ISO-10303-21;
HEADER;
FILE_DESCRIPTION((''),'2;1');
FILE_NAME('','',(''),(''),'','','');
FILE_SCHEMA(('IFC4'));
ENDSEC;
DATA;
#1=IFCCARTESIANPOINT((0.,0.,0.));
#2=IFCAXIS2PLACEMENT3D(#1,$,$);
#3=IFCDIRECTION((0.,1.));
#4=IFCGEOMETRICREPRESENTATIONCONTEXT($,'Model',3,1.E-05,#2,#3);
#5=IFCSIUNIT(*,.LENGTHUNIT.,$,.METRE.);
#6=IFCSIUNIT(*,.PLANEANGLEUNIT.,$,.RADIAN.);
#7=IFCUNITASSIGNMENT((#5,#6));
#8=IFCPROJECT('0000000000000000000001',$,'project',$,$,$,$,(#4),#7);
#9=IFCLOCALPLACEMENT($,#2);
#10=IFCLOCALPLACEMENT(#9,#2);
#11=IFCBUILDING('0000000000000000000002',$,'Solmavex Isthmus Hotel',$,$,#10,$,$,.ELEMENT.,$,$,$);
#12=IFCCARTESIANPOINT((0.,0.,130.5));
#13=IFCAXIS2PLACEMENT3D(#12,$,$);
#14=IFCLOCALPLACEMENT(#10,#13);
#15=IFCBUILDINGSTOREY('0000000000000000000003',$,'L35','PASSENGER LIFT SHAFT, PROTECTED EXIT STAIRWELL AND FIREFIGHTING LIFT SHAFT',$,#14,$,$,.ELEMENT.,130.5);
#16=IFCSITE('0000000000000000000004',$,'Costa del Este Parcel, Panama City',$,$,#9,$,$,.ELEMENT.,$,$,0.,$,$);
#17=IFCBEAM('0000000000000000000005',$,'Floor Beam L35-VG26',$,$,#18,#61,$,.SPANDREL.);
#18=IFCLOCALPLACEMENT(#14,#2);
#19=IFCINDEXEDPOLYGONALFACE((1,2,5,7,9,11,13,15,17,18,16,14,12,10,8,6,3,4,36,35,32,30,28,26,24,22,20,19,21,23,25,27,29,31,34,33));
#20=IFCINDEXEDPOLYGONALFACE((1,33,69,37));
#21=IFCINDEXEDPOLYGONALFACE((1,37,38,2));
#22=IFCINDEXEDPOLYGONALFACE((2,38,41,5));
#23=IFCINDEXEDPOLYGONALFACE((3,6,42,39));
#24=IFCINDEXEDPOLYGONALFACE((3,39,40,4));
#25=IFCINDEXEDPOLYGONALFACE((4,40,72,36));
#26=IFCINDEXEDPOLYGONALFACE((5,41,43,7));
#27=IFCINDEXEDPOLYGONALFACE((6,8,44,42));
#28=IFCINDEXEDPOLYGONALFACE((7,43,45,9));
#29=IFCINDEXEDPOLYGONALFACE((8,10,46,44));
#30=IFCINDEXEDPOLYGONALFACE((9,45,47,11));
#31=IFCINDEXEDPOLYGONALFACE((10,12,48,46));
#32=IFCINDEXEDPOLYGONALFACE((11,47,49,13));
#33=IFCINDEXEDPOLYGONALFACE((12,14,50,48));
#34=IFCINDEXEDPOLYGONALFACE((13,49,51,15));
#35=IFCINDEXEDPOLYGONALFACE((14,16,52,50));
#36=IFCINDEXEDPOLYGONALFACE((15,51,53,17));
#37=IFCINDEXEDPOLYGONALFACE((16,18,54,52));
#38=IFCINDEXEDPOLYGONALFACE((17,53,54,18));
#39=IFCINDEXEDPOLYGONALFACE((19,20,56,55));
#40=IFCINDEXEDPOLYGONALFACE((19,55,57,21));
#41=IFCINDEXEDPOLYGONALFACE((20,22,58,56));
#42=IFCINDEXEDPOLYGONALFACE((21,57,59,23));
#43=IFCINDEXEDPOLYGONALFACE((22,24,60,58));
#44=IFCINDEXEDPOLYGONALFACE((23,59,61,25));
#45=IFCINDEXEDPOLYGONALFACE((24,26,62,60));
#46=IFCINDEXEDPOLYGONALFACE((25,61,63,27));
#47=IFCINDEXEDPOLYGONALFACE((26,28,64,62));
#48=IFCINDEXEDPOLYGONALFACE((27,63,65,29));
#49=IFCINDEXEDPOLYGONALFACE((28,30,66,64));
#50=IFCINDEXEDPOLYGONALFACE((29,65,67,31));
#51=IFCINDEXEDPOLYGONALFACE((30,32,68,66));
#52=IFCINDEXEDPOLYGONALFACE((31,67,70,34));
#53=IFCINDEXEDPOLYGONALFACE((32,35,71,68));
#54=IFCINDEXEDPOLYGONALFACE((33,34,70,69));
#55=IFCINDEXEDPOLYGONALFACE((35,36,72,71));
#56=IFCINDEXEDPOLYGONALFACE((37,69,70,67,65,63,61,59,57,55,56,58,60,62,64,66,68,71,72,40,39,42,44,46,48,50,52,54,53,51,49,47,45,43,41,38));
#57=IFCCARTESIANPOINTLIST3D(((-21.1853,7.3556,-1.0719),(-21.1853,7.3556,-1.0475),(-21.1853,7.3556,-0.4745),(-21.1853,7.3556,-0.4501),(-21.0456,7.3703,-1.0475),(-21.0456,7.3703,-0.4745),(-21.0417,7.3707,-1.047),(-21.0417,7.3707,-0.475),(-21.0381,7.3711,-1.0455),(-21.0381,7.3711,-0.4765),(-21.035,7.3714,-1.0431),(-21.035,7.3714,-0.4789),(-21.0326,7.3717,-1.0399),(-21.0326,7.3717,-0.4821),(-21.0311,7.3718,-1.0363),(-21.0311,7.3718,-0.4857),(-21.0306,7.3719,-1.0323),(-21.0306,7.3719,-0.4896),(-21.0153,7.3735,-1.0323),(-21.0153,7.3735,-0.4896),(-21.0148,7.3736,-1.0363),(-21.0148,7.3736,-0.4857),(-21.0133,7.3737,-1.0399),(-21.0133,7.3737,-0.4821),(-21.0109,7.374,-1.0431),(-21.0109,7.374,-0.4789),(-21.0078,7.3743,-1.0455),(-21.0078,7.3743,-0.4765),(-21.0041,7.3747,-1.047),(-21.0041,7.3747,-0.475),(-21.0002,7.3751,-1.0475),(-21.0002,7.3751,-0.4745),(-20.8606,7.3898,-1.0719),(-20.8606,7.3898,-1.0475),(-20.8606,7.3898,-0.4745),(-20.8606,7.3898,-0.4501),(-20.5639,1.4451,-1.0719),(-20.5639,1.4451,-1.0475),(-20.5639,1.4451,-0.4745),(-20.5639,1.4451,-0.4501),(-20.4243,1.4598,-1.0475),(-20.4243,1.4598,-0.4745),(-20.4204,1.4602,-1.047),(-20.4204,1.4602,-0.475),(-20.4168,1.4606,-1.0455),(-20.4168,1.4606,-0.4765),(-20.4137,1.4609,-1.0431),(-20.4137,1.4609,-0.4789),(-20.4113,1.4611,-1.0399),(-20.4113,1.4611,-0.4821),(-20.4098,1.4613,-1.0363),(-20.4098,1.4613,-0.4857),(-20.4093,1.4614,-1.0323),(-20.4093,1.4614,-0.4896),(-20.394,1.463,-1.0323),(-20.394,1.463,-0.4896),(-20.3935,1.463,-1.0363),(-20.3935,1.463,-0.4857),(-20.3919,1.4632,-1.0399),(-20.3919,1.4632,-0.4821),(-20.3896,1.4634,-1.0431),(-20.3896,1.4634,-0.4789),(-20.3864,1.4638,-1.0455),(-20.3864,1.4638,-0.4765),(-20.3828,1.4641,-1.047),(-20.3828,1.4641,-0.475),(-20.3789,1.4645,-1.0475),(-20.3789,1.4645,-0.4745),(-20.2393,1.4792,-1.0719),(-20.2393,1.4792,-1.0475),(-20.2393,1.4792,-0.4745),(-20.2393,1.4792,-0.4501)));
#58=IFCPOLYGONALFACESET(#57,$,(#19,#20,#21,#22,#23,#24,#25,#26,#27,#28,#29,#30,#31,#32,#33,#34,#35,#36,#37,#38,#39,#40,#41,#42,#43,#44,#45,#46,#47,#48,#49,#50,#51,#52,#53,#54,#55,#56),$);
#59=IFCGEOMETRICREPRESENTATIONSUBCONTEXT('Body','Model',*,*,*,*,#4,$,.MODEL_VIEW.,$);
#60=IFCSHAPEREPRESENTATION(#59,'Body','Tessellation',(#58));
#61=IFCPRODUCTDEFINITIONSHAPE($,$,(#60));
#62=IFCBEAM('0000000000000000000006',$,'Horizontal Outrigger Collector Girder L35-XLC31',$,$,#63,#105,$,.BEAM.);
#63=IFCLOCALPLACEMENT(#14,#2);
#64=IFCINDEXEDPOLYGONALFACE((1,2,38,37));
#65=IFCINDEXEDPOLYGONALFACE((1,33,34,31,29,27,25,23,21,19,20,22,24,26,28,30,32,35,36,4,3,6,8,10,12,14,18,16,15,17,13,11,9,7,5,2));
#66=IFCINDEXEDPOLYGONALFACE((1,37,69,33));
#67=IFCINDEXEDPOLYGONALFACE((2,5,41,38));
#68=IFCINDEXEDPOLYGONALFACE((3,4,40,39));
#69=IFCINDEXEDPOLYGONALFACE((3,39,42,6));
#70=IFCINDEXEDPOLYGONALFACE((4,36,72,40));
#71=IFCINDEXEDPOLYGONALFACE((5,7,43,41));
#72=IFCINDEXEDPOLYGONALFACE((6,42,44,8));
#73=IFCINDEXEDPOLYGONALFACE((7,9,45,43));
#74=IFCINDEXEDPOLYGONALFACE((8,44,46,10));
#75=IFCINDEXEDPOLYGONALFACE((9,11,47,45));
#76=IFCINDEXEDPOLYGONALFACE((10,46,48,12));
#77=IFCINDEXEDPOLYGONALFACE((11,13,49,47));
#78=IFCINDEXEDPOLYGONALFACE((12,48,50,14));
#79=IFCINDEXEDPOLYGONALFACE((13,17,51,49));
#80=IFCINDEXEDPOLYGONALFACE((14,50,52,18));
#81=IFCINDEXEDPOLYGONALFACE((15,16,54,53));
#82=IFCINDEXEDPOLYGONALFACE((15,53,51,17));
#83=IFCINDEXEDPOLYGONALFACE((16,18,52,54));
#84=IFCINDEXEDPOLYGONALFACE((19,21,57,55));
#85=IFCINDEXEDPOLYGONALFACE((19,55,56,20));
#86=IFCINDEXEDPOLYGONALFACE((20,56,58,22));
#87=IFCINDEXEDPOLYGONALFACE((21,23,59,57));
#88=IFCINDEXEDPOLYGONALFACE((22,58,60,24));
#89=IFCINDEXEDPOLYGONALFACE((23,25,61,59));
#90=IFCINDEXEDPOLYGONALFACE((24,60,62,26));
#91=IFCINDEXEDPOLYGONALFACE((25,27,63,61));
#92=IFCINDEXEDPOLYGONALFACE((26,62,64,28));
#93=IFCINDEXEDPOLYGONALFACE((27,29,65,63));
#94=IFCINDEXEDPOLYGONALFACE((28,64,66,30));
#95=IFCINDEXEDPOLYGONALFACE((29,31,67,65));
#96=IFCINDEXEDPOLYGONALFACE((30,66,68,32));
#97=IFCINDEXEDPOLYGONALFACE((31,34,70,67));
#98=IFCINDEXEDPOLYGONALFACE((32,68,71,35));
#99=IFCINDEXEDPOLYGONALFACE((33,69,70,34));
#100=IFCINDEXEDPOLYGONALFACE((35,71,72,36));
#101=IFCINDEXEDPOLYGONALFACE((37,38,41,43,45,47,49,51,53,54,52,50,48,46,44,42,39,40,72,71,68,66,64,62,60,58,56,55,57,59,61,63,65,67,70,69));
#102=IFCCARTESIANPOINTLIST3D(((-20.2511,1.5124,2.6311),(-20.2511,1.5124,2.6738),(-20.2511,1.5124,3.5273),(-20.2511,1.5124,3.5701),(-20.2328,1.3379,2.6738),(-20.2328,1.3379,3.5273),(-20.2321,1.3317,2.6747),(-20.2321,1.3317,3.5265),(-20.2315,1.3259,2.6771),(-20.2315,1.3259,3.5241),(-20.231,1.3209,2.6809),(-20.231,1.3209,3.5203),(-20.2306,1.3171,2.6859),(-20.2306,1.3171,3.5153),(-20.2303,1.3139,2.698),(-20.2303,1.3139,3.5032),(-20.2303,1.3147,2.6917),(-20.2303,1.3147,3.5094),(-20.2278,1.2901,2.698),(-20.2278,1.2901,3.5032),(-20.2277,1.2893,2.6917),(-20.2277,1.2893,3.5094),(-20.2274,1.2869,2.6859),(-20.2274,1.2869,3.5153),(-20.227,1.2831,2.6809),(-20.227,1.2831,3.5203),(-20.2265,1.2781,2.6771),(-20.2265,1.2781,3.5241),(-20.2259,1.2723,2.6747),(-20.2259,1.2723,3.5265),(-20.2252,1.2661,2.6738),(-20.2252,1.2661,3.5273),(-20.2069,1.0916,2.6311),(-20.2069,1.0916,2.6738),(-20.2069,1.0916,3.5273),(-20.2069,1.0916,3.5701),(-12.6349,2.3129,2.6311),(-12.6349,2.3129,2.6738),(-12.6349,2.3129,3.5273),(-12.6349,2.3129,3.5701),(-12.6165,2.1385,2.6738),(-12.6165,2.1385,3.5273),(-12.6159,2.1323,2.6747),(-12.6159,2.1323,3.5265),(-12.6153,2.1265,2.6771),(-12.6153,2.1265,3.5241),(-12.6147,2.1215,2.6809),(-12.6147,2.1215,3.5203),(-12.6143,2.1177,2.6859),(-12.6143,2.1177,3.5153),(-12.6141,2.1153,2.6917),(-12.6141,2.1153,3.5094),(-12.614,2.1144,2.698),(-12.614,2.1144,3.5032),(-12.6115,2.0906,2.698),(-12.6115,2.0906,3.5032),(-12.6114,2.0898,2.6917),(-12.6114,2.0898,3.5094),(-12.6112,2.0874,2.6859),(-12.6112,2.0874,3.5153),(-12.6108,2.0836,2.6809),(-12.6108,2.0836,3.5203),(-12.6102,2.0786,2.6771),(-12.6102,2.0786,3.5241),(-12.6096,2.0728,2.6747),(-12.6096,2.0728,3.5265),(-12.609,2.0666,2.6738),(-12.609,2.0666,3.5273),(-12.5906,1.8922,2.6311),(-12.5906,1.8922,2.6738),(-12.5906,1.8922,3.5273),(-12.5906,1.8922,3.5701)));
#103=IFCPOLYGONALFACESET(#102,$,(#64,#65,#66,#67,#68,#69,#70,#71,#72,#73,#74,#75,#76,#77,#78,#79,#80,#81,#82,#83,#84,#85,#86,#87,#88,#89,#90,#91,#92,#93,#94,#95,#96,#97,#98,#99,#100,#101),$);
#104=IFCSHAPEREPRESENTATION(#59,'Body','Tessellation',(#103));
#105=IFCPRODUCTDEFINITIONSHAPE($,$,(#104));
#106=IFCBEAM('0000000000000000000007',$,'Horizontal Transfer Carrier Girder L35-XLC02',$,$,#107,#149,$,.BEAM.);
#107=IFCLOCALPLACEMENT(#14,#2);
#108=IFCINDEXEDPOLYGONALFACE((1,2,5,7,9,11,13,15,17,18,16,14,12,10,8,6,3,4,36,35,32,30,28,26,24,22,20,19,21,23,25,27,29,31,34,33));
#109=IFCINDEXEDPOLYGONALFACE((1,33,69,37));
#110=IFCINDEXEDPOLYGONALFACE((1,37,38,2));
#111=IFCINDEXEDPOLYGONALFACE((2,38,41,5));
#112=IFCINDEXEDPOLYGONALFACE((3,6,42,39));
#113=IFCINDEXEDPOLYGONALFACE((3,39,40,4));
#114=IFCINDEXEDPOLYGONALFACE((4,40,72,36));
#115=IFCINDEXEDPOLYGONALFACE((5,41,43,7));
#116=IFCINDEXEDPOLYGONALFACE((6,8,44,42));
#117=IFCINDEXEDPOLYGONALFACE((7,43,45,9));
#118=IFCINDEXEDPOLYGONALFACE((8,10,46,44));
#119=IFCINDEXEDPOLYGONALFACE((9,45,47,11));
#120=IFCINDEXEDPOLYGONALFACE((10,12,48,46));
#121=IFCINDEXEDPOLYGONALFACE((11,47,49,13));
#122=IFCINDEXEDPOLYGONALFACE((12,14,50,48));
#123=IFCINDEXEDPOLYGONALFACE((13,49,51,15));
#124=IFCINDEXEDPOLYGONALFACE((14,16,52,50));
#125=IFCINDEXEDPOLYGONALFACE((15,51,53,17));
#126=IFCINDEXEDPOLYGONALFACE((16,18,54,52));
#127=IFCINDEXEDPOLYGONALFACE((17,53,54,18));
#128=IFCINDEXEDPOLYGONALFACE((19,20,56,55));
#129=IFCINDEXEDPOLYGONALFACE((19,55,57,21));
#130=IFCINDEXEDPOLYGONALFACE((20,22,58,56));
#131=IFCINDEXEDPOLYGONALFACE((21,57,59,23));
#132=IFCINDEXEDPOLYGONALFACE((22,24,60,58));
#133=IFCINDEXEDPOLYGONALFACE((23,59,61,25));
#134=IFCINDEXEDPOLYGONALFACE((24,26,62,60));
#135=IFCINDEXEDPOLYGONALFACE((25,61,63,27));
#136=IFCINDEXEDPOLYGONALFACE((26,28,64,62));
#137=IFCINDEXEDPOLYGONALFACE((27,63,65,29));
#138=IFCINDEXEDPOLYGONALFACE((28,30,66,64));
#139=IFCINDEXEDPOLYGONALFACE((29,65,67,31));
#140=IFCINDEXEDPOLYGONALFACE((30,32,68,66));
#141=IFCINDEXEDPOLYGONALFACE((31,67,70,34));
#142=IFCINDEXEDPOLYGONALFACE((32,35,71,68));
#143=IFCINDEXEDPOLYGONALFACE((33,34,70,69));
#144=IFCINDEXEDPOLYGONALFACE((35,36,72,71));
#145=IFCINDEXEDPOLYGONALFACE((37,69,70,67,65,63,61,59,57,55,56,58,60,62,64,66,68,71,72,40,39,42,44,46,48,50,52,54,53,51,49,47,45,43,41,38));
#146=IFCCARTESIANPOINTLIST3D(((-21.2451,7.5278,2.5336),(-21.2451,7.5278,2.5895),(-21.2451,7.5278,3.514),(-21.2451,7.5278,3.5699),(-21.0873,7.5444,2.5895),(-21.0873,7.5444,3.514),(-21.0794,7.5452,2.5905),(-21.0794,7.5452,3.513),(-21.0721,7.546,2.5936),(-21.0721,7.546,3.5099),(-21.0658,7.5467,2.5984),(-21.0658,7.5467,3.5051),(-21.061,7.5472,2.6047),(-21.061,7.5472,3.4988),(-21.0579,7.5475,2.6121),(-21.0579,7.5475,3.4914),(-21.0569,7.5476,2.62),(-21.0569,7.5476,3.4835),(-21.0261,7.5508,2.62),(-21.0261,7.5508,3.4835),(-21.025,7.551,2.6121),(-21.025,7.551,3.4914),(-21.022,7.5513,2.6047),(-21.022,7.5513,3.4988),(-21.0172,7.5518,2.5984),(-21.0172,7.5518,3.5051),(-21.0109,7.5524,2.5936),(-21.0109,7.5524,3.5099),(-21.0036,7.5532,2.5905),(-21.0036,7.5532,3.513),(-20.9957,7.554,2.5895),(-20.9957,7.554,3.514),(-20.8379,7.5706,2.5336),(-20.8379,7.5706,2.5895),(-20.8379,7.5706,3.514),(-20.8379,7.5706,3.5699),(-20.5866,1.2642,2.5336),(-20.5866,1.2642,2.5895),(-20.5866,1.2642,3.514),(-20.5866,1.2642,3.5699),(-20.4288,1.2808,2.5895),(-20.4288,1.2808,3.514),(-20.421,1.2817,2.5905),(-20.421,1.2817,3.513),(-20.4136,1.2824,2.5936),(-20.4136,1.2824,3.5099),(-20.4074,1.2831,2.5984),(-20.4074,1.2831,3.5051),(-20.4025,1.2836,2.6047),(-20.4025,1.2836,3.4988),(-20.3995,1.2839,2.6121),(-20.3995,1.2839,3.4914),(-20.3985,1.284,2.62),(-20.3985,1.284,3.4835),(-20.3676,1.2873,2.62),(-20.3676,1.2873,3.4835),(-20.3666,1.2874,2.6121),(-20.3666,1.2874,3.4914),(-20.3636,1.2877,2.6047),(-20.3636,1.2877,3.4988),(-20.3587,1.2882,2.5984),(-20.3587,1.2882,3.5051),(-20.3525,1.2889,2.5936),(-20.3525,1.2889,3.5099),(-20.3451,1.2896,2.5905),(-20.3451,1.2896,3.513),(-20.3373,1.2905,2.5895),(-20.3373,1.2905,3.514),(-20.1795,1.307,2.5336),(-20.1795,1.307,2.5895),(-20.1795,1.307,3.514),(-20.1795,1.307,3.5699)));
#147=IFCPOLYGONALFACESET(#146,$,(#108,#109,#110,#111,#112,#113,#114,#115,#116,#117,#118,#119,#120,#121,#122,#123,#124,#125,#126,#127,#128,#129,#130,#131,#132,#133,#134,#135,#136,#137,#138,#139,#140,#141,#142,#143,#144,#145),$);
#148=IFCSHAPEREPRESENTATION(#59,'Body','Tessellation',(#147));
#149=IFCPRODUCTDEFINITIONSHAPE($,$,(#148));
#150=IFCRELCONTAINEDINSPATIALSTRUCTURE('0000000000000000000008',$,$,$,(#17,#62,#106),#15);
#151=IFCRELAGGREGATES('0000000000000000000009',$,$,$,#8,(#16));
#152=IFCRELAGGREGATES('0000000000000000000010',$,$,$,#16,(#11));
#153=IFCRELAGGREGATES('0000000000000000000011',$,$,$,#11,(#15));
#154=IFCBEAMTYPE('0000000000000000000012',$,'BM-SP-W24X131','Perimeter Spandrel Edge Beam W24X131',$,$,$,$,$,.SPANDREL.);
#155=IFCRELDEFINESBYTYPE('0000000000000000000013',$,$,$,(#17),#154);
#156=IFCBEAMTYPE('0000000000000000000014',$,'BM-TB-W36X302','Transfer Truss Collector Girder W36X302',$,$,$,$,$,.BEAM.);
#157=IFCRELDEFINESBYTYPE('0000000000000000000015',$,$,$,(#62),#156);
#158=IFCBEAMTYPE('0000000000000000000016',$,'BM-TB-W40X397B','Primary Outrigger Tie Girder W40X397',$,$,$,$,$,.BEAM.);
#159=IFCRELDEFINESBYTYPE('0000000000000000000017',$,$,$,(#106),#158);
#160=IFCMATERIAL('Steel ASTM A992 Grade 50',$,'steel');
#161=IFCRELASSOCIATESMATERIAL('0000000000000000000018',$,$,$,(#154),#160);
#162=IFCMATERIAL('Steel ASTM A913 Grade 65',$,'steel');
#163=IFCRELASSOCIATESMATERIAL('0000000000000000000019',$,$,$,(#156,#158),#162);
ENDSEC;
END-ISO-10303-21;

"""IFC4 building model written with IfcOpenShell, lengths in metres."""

from ifc_helpers import new_model, si_unit, direction, frame, origin, origin_2d, place, context, subcontext, project, spatial, i_section, extrude, material, material_profile, profile_set, type_object, element, save


model = new_model("IFC4")

# Units and contexts
model_context = context("Model", 3, precision=1e-05, world=origin(), true_north=direction((0.0, 1.0)))
body_context = subcontext(model_context, "Body", "Model", "MODEL_VIEW")
ifc_project = project(units=[si_unit("LENGTHUNIT", "METRE"), si_unit("PLANEANGLEUNIT", "RADIAN")], contexts=[model_context])

# Site, building, storey
site_placement = place(None, origin())
site = spatial("IfcSite", under=ifc_project, at=site_placement, Name="Costa del Este Parcel, Panama City", CompositionType="ELEMENT", RefElevation=0.0)
building_placement = place(site_placement, origin())
building = spatial("IfcBuilding", under=site, at=building_placement, Name="Solmavex Isthmus Hotel", CompositionType="ELEMENT")
storey_placement = place(building_placement, frame((0.0, 0.0, 130.5)))
storey = spatial("IfcBuildingStorey", under=building, at=storey_placement, Name="L35", Description="PASSENGER LIFT SHAFT, PROTECTED EXIT STAIRWELL AND FIREFIGHTING LIFT SHAFT", CompositionType="ELEMENT", Elevation=130.5)

# Shared definitions
ifc_material_1 = material(Name="Steel ASTM A913 Grade 65", Category="steel")

# Beams
ifc_material_2 = material(Name="Steel ASTM A992 Grade 50", Category="steel")
ifc_material_profile_1 = material_profile(ifc_material_2, i_section(OverallWidth=0.3264, OverallDepth=0.6218, WebThickness=0.0154, FlangeThickness=0.0244, FilletRadius=0.0151, at=origin_2d()), Name="W24X131")
ifc_profile_set_1 = profile_set([ifc_material_profile_1], Name="Steel ASTM A992 Grade 50")
beam_type_1 = type_object("IfcBeamType", Name="BM-SP-W24X131", Description="Perimeter Spandrel Edge Beam W24X131", PredefinedType="SPANDREL", material=ifc_profile_set_1)
beam_1_placement = place(storey_placement, frame((-20.4016, 1.4622, -0.761), z_axis=(-0.104546, 0.99452, 0.0), x_axis=(-0.99452, -0.104546, 0.0)))
element("IfcBeam", 1, at=beam_1_placement, inside=storey, type_object=beam_type_1, Name="Floor Beam L35-VG26", PredefinedType="SPANDREL", context=body_context, shape_type="SweptSolid", body=[
    extrude(i_section(OverallWidth=0.3264, OverallDepth=0.6218, WebThickness=0.0154, FlangeThickness=0.0244, FilletRadius=0.0151, at=origin_2d()), origin(), (0.0, 0.0, 1.0), 5.9431),
])
ifc_material_profile_2 = material_profile(ifc_material_1, i_section(OverallWidth=0.4231, OverallDepth=0.939, WebThickness=0.0239, FlangeThickness=0.0427, FilletRadius=0.0242, at=origin_2d()), Name="W36X302")
ifc_profile_set_2 = profile_set([ifc_material_profile_2], Name="Steel ASTM A913 Grade 65")
beam_type_2 = type_object("IfcBeamType", Name="BM-TB-W36X302", Description="Transfer Truss Collector Girder W36X302", PredefinedType="BEAM", material=ifc_profile_set_2)
beam_2_placement = place(storey_placement, frame((-20.229, 1.302, 3.1006), z_axis=(0.994521, 0.104534, 0.0), x_axis=(-0.104534, 0.994521, 0.0)))
element("IfcBeam", 2, at=beam_2_placement, inside=storey, type_object=beam_type_2, Name="Horizontal Outrigger Collector Girder L35-XLC31", PredefinedType="BEAM", context=body_context, shape_type="SweptSolid", body=[
    extrude(i_section(OverallWidth=0.4231, OverallDepth=0.939, WebThickness=0.0239, FlangeThickness=0.0427, FilletRadius=0.0242, at=origin_2d()), origin(), (0.0, 0.0, 1.0), 7.6582),
])
ifc_material_profile_3 = material_profile(ifc_material_1, i_section(OverallWidth=0.4094, OverallDepth=1.0364, WebThickness=0.031, FlangeThickness=0.0559, FilletRadius=0.0305, at=origin_2d()), Name="W40X397")
ifc_profile_set_3 = profile_set([ifc_material_profile_3], Name="Steel ASTM A913 Grade 65")
beam_type_3 = type_object("IfcBeamType", Name="BM-TB-W40X397B", Description="Primary Outrigger Tie Girder W40X397", PredefinedType="BEAM", material=ifc_profile_set_3)
beam_3_placement = place(storey_placement, frame((-20.3831, 1.2856, 3.0518), z_axis=(-0.104546, 0.99452, 0.0), x_axis=(-0.99452, -0.104546, 0.0)))
element("IfcBeam", 3, at=beam_3_placement, inside=storey, type_object=beam_type_3, Name="Horizontal Transfer Carrier Girder L35-XLC02", PredefinedType="BEAM", context=body_context, shape_type="SweptSolid", body=[
    extrude(i_section(OverallWidth=0.4094, OverallDepth=1.0364, WebThickness=0.031, FlangeThickness=0.0559, FilletRadius=0.0305, at=origin_2d()), origin(), (0.0, 0.0, 1.0), 6.2981),
])

save(model, "model.ifc")
